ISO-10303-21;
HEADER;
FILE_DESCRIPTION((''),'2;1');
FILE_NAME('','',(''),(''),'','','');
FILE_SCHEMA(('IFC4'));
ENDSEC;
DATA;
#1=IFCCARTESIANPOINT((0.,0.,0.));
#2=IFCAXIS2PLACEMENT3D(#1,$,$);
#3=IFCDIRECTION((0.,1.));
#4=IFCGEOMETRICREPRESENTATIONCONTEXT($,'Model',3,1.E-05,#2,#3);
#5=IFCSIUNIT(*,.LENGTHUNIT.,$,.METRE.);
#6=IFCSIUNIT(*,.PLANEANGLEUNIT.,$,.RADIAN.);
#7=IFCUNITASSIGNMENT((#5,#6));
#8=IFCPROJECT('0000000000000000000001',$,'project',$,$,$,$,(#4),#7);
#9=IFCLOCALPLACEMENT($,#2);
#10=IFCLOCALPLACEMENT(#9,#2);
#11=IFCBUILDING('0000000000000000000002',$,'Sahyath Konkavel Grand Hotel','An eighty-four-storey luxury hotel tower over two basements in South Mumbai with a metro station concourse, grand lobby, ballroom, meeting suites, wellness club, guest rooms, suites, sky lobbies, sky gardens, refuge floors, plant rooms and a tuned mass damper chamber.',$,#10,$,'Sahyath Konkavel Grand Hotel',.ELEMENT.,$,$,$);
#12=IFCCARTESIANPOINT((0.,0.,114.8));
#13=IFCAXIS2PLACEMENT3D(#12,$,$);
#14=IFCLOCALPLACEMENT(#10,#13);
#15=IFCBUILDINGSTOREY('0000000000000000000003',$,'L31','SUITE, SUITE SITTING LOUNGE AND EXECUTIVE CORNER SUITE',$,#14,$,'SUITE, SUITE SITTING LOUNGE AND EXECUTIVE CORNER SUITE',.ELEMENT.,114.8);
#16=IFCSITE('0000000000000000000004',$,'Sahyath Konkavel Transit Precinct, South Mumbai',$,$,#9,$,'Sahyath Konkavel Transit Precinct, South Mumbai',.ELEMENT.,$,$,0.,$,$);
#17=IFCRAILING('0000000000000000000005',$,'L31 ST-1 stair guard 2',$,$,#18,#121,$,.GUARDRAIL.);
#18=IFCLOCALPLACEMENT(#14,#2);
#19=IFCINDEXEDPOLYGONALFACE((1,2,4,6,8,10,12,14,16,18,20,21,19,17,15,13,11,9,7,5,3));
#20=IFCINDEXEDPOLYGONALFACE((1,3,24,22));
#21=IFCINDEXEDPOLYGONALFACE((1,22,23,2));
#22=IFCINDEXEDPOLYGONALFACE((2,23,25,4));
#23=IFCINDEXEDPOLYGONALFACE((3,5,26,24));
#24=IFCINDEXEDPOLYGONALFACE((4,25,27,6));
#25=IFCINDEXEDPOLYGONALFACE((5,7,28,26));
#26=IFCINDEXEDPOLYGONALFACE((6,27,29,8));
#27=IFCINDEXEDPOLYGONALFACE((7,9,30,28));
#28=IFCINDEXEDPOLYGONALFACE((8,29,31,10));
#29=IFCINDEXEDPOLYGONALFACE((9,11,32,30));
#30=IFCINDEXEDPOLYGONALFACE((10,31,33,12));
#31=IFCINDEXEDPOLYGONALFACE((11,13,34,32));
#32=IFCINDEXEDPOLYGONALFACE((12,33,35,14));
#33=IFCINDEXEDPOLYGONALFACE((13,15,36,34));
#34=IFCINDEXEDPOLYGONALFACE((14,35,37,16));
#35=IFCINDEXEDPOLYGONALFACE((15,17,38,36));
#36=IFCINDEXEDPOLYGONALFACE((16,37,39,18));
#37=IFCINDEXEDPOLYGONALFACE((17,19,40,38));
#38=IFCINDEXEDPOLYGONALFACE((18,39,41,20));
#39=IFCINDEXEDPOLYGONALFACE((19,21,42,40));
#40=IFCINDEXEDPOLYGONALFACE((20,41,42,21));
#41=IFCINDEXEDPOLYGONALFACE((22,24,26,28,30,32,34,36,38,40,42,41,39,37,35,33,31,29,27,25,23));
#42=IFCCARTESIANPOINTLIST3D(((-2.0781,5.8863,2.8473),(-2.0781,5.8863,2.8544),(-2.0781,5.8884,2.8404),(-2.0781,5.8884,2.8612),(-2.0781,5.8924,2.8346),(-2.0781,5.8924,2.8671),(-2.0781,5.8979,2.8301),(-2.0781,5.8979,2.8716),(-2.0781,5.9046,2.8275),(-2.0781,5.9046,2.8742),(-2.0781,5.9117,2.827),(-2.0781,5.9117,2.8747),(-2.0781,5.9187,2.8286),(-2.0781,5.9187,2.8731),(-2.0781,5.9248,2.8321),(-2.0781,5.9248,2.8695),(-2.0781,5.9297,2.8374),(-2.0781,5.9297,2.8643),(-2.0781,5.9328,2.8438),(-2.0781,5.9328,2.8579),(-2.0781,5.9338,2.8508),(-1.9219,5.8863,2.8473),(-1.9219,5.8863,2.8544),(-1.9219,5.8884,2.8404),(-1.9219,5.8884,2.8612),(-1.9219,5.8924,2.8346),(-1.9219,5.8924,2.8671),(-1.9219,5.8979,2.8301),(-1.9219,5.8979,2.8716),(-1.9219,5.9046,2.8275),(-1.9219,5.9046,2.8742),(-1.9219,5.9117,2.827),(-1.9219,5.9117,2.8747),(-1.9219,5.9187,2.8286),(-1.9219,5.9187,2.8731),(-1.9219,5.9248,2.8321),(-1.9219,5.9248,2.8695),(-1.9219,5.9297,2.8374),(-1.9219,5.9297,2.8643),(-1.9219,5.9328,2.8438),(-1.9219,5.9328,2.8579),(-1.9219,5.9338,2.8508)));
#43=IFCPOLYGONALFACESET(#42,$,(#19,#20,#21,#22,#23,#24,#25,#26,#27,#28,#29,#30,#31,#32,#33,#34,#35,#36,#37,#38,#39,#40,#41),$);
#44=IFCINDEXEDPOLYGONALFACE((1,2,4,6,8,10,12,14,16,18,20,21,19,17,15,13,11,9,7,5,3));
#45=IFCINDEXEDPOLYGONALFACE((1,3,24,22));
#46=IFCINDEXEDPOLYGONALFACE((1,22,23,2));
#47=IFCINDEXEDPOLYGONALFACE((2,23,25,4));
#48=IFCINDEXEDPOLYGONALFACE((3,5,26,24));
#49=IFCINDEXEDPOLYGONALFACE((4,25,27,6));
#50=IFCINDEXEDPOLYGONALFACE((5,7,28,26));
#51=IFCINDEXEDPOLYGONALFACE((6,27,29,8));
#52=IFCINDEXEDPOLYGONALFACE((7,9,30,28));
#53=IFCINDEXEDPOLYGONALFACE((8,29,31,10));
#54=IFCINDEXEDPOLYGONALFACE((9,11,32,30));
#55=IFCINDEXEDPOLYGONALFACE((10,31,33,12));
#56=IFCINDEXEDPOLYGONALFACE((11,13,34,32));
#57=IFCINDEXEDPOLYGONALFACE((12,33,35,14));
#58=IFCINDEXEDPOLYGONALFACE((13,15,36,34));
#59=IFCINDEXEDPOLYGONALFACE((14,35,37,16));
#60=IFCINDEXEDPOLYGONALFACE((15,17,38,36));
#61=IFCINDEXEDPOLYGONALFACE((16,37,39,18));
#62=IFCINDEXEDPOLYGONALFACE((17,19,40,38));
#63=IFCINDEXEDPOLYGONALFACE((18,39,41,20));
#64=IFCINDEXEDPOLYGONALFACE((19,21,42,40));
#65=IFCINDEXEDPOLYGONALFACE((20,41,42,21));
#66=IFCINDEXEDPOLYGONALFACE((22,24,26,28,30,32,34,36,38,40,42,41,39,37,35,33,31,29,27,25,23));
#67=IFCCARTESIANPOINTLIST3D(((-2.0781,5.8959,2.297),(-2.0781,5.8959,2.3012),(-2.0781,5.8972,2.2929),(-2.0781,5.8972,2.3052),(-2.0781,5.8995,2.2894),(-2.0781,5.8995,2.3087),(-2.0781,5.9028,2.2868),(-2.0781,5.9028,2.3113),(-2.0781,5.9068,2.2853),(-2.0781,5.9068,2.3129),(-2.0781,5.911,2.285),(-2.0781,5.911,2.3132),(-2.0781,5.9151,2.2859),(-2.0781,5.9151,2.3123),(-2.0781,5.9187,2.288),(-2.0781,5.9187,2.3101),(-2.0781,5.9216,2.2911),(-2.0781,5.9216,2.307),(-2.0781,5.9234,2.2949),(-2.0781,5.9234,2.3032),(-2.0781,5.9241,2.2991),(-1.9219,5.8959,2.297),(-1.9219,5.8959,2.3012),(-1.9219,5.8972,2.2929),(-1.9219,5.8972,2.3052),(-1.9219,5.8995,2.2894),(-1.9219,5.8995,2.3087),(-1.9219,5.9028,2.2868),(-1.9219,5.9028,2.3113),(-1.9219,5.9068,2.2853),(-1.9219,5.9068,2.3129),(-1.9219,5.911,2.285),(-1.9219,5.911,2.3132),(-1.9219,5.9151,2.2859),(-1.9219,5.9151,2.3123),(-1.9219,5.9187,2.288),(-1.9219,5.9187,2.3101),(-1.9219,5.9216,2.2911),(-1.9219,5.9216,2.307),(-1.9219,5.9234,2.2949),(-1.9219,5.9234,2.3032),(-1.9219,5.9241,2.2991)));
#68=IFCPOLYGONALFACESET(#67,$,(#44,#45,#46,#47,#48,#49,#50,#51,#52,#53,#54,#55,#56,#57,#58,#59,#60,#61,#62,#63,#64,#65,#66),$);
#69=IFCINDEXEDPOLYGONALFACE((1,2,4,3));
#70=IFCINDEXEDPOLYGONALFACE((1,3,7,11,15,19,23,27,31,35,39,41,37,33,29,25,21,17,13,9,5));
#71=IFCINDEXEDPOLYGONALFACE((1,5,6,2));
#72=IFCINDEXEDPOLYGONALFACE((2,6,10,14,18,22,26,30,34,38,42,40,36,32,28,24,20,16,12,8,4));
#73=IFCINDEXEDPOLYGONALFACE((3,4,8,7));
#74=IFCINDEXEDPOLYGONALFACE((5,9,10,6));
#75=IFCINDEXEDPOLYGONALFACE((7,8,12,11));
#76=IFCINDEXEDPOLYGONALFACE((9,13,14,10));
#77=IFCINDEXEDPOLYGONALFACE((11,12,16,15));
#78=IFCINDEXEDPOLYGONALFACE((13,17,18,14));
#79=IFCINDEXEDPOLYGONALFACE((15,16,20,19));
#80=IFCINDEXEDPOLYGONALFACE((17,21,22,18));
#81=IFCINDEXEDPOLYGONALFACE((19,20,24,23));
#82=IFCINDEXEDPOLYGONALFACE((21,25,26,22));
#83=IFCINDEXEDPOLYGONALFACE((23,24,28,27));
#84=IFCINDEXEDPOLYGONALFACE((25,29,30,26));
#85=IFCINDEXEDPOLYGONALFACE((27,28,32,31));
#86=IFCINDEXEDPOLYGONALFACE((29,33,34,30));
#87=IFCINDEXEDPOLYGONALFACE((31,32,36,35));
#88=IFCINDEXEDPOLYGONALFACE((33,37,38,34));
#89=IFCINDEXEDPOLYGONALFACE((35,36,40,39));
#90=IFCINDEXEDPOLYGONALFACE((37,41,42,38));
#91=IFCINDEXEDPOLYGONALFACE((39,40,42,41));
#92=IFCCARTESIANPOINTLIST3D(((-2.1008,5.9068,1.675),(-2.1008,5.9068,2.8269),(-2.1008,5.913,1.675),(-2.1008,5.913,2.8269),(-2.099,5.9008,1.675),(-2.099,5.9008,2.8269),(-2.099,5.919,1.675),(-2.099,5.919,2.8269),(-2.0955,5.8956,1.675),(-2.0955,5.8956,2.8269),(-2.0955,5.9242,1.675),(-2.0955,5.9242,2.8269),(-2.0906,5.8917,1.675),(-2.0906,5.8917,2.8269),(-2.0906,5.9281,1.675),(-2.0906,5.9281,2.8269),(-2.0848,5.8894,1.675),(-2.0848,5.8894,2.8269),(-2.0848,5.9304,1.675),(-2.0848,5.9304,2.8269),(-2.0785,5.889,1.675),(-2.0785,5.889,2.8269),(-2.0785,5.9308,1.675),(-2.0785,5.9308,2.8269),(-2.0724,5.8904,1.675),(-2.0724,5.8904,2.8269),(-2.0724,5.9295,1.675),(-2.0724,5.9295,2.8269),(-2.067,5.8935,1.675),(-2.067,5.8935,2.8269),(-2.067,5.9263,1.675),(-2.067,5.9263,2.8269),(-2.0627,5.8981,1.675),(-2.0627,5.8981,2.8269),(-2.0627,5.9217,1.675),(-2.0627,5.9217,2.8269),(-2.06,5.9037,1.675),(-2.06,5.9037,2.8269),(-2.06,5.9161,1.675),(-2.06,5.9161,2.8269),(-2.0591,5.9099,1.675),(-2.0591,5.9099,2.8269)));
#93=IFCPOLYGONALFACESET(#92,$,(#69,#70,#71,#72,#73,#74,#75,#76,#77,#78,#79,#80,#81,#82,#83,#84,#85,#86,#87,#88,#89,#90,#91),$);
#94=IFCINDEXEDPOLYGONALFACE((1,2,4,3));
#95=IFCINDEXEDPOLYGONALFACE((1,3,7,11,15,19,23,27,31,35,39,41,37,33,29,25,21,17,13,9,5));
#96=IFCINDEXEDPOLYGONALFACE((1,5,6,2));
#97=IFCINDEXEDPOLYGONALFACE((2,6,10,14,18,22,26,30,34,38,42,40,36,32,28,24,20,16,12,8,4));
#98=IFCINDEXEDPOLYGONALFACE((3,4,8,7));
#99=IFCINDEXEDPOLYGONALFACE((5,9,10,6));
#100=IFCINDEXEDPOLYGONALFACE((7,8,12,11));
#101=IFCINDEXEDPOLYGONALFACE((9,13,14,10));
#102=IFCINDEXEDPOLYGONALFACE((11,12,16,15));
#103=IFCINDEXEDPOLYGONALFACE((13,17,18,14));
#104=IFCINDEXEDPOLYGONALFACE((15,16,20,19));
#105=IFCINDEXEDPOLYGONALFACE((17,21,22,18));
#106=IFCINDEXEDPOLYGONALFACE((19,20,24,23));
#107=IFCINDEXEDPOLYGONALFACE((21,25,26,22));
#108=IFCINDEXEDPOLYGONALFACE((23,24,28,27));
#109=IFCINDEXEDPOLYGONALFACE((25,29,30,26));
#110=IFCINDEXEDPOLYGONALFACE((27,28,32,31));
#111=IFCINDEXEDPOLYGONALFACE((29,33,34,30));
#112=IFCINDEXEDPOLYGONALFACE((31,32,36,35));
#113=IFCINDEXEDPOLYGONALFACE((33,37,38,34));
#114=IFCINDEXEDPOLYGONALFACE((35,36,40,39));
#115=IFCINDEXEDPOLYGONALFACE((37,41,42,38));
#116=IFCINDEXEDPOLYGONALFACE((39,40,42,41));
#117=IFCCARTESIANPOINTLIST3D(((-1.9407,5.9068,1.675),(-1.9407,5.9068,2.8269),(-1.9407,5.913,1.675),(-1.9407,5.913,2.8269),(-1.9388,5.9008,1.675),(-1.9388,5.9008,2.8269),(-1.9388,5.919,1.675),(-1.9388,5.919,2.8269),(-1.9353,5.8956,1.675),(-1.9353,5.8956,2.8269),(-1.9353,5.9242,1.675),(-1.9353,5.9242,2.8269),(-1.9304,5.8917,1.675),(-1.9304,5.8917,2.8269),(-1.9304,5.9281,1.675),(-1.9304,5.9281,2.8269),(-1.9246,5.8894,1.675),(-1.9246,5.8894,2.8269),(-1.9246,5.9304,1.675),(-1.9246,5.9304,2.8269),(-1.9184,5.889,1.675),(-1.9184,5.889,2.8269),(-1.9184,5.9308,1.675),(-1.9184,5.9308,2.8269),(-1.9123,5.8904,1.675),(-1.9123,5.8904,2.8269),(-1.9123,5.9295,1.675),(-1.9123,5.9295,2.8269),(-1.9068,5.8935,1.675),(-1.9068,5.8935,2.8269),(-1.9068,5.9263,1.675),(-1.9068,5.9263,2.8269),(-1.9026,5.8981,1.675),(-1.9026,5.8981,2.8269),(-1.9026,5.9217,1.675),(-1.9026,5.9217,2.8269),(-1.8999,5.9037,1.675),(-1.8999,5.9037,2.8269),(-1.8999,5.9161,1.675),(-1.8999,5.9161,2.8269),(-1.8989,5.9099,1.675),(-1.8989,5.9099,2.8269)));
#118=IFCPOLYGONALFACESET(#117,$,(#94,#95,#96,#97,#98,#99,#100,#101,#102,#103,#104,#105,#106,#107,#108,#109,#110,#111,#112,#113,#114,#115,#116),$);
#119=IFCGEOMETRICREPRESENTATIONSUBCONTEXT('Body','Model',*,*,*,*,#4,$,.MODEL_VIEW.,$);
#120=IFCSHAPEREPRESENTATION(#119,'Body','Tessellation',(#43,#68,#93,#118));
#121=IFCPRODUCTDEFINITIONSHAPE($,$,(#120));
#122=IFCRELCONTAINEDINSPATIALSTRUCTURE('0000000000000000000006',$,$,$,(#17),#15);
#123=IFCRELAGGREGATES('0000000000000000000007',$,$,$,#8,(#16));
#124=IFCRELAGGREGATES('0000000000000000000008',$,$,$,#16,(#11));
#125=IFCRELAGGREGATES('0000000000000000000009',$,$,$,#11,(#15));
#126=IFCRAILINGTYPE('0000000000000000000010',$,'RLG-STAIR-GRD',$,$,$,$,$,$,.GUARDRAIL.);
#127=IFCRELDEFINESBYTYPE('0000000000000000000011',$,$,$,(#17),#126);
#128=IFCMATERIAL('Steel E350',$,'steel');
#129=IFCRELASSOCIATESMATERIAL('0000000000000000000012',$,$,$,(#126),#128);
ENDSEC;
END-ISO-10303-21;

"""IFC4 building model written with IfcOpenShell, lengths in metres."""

from ifc_helpers import new_model, si_unit, direction, frame, origin, origin_2d, place, context, subcontext, project, spatial, circle, extrude, material, type_object, element, save


model = new_model("IFC4")

# Units and contexts
model_context = context("Model", 3, precision=1e-05, world=origin(), true_north=direction((0.0, 1.0)))
body_context = subcontext(model_context, "Body", "Model", "MODEL_VIEW")
ifc_project = project(units=[si_unit("LENGTHUNIT", "METRE"), si_unit("PLANEANGLEUNIT", "RADIAN")], contexts=[model_context])

# Site, building, storey
site_placement = place(None, origin())
site = spatial("IfcSite", under=ifc_project, at=site_placement, Name="Sahyath Konkavel Transit Precinct, South Mumbai", LongName="Sahyath Konkavel Transit Precinct, South Mumbai", CompositionType="ELEMENT", RefElevation=0.0)
building_placement = place(site_placement, origin())
building = spatial("IfcBuilding", under=site, at=building_placement, Name="Sahyath Konkavel Grand Hotel", Description="An eighty-four-storey luxury hotel tower over two basements in South Mumbai with a metro station concourse, grand lobby, ballroom, meeting suites, wellness club, guest rooms, suites, sky lobbies, sky gardens, refuge floors, plant rooms and a tuned mass damper chamber.", LongName="Sahyath Konkavel Grand Hotel", CompositionType="ELEMENT")
storey_placement = place(building_placement, frame((0.0, 0.0, 114.8)))
storey = spatial("IfcBuildingStorey", under=building, at=storey_placement, Name="L31", Description="SUITE, SUITE SITTING LOUNGE AND EXECUTIVE CORNER SUITE", LongName="SUITE, SUITE SITTING LOUNGE AND EXECUTIVE CORNER SUITE", CompositionType="ELEMENT", Elevation=114.8)

# Shared definitions
ifc_material_1 = material(Name="Steel E350", Category="steel")

# Railing
railing_type_1 = type_object("IfcRailingType", Name="RLG-STAIR-GRD", PredefinedType="GUARDRAIL", material=ifc_material_1)
railing_1_placement = place(storey_placement, frame((-2.0801, 5.9099, 1.675)))
element("IfcRailing", 1, at=railing_1_placement, inside=storey, type_object=railing_type_1, Name="L31 ST-1 stair guard 2", PredefinedType="GUARDRAIL", context=body_context, shape_type="SweptSolid", body=[
    extrude(circle(Radius=0.0239, at=origin_2d()), frame((0.002, 0.0, 1.1758), z_axis=(1.0, 0.0, 0.0), x_axis=(0.0, 1.0, 0.0)), (0.0, 0.0, 1.0), 0.1562),
    extrude(circle(Radius=0.0142, at=origin_2d()), frame((0.002, 0.0, 0.624), z_axis=(1.0, 0.0, 0.0), x_axis=(0.0, 1.0, 0.0)), (0.0, 0.0, 1.0), 0.1562),
    extrude(circle(Radius=0.021, at=origin_2d()), origin(), (0.0, 0.0, 1.0), 1.1519),
    extrude(circle(Radius=0.021, at=origin_2d()), frame((0.1602, 0.0, 0.0)), (0.0, 0.0, 1.0), 1.1519),
])

save(model, "model.ifc")
